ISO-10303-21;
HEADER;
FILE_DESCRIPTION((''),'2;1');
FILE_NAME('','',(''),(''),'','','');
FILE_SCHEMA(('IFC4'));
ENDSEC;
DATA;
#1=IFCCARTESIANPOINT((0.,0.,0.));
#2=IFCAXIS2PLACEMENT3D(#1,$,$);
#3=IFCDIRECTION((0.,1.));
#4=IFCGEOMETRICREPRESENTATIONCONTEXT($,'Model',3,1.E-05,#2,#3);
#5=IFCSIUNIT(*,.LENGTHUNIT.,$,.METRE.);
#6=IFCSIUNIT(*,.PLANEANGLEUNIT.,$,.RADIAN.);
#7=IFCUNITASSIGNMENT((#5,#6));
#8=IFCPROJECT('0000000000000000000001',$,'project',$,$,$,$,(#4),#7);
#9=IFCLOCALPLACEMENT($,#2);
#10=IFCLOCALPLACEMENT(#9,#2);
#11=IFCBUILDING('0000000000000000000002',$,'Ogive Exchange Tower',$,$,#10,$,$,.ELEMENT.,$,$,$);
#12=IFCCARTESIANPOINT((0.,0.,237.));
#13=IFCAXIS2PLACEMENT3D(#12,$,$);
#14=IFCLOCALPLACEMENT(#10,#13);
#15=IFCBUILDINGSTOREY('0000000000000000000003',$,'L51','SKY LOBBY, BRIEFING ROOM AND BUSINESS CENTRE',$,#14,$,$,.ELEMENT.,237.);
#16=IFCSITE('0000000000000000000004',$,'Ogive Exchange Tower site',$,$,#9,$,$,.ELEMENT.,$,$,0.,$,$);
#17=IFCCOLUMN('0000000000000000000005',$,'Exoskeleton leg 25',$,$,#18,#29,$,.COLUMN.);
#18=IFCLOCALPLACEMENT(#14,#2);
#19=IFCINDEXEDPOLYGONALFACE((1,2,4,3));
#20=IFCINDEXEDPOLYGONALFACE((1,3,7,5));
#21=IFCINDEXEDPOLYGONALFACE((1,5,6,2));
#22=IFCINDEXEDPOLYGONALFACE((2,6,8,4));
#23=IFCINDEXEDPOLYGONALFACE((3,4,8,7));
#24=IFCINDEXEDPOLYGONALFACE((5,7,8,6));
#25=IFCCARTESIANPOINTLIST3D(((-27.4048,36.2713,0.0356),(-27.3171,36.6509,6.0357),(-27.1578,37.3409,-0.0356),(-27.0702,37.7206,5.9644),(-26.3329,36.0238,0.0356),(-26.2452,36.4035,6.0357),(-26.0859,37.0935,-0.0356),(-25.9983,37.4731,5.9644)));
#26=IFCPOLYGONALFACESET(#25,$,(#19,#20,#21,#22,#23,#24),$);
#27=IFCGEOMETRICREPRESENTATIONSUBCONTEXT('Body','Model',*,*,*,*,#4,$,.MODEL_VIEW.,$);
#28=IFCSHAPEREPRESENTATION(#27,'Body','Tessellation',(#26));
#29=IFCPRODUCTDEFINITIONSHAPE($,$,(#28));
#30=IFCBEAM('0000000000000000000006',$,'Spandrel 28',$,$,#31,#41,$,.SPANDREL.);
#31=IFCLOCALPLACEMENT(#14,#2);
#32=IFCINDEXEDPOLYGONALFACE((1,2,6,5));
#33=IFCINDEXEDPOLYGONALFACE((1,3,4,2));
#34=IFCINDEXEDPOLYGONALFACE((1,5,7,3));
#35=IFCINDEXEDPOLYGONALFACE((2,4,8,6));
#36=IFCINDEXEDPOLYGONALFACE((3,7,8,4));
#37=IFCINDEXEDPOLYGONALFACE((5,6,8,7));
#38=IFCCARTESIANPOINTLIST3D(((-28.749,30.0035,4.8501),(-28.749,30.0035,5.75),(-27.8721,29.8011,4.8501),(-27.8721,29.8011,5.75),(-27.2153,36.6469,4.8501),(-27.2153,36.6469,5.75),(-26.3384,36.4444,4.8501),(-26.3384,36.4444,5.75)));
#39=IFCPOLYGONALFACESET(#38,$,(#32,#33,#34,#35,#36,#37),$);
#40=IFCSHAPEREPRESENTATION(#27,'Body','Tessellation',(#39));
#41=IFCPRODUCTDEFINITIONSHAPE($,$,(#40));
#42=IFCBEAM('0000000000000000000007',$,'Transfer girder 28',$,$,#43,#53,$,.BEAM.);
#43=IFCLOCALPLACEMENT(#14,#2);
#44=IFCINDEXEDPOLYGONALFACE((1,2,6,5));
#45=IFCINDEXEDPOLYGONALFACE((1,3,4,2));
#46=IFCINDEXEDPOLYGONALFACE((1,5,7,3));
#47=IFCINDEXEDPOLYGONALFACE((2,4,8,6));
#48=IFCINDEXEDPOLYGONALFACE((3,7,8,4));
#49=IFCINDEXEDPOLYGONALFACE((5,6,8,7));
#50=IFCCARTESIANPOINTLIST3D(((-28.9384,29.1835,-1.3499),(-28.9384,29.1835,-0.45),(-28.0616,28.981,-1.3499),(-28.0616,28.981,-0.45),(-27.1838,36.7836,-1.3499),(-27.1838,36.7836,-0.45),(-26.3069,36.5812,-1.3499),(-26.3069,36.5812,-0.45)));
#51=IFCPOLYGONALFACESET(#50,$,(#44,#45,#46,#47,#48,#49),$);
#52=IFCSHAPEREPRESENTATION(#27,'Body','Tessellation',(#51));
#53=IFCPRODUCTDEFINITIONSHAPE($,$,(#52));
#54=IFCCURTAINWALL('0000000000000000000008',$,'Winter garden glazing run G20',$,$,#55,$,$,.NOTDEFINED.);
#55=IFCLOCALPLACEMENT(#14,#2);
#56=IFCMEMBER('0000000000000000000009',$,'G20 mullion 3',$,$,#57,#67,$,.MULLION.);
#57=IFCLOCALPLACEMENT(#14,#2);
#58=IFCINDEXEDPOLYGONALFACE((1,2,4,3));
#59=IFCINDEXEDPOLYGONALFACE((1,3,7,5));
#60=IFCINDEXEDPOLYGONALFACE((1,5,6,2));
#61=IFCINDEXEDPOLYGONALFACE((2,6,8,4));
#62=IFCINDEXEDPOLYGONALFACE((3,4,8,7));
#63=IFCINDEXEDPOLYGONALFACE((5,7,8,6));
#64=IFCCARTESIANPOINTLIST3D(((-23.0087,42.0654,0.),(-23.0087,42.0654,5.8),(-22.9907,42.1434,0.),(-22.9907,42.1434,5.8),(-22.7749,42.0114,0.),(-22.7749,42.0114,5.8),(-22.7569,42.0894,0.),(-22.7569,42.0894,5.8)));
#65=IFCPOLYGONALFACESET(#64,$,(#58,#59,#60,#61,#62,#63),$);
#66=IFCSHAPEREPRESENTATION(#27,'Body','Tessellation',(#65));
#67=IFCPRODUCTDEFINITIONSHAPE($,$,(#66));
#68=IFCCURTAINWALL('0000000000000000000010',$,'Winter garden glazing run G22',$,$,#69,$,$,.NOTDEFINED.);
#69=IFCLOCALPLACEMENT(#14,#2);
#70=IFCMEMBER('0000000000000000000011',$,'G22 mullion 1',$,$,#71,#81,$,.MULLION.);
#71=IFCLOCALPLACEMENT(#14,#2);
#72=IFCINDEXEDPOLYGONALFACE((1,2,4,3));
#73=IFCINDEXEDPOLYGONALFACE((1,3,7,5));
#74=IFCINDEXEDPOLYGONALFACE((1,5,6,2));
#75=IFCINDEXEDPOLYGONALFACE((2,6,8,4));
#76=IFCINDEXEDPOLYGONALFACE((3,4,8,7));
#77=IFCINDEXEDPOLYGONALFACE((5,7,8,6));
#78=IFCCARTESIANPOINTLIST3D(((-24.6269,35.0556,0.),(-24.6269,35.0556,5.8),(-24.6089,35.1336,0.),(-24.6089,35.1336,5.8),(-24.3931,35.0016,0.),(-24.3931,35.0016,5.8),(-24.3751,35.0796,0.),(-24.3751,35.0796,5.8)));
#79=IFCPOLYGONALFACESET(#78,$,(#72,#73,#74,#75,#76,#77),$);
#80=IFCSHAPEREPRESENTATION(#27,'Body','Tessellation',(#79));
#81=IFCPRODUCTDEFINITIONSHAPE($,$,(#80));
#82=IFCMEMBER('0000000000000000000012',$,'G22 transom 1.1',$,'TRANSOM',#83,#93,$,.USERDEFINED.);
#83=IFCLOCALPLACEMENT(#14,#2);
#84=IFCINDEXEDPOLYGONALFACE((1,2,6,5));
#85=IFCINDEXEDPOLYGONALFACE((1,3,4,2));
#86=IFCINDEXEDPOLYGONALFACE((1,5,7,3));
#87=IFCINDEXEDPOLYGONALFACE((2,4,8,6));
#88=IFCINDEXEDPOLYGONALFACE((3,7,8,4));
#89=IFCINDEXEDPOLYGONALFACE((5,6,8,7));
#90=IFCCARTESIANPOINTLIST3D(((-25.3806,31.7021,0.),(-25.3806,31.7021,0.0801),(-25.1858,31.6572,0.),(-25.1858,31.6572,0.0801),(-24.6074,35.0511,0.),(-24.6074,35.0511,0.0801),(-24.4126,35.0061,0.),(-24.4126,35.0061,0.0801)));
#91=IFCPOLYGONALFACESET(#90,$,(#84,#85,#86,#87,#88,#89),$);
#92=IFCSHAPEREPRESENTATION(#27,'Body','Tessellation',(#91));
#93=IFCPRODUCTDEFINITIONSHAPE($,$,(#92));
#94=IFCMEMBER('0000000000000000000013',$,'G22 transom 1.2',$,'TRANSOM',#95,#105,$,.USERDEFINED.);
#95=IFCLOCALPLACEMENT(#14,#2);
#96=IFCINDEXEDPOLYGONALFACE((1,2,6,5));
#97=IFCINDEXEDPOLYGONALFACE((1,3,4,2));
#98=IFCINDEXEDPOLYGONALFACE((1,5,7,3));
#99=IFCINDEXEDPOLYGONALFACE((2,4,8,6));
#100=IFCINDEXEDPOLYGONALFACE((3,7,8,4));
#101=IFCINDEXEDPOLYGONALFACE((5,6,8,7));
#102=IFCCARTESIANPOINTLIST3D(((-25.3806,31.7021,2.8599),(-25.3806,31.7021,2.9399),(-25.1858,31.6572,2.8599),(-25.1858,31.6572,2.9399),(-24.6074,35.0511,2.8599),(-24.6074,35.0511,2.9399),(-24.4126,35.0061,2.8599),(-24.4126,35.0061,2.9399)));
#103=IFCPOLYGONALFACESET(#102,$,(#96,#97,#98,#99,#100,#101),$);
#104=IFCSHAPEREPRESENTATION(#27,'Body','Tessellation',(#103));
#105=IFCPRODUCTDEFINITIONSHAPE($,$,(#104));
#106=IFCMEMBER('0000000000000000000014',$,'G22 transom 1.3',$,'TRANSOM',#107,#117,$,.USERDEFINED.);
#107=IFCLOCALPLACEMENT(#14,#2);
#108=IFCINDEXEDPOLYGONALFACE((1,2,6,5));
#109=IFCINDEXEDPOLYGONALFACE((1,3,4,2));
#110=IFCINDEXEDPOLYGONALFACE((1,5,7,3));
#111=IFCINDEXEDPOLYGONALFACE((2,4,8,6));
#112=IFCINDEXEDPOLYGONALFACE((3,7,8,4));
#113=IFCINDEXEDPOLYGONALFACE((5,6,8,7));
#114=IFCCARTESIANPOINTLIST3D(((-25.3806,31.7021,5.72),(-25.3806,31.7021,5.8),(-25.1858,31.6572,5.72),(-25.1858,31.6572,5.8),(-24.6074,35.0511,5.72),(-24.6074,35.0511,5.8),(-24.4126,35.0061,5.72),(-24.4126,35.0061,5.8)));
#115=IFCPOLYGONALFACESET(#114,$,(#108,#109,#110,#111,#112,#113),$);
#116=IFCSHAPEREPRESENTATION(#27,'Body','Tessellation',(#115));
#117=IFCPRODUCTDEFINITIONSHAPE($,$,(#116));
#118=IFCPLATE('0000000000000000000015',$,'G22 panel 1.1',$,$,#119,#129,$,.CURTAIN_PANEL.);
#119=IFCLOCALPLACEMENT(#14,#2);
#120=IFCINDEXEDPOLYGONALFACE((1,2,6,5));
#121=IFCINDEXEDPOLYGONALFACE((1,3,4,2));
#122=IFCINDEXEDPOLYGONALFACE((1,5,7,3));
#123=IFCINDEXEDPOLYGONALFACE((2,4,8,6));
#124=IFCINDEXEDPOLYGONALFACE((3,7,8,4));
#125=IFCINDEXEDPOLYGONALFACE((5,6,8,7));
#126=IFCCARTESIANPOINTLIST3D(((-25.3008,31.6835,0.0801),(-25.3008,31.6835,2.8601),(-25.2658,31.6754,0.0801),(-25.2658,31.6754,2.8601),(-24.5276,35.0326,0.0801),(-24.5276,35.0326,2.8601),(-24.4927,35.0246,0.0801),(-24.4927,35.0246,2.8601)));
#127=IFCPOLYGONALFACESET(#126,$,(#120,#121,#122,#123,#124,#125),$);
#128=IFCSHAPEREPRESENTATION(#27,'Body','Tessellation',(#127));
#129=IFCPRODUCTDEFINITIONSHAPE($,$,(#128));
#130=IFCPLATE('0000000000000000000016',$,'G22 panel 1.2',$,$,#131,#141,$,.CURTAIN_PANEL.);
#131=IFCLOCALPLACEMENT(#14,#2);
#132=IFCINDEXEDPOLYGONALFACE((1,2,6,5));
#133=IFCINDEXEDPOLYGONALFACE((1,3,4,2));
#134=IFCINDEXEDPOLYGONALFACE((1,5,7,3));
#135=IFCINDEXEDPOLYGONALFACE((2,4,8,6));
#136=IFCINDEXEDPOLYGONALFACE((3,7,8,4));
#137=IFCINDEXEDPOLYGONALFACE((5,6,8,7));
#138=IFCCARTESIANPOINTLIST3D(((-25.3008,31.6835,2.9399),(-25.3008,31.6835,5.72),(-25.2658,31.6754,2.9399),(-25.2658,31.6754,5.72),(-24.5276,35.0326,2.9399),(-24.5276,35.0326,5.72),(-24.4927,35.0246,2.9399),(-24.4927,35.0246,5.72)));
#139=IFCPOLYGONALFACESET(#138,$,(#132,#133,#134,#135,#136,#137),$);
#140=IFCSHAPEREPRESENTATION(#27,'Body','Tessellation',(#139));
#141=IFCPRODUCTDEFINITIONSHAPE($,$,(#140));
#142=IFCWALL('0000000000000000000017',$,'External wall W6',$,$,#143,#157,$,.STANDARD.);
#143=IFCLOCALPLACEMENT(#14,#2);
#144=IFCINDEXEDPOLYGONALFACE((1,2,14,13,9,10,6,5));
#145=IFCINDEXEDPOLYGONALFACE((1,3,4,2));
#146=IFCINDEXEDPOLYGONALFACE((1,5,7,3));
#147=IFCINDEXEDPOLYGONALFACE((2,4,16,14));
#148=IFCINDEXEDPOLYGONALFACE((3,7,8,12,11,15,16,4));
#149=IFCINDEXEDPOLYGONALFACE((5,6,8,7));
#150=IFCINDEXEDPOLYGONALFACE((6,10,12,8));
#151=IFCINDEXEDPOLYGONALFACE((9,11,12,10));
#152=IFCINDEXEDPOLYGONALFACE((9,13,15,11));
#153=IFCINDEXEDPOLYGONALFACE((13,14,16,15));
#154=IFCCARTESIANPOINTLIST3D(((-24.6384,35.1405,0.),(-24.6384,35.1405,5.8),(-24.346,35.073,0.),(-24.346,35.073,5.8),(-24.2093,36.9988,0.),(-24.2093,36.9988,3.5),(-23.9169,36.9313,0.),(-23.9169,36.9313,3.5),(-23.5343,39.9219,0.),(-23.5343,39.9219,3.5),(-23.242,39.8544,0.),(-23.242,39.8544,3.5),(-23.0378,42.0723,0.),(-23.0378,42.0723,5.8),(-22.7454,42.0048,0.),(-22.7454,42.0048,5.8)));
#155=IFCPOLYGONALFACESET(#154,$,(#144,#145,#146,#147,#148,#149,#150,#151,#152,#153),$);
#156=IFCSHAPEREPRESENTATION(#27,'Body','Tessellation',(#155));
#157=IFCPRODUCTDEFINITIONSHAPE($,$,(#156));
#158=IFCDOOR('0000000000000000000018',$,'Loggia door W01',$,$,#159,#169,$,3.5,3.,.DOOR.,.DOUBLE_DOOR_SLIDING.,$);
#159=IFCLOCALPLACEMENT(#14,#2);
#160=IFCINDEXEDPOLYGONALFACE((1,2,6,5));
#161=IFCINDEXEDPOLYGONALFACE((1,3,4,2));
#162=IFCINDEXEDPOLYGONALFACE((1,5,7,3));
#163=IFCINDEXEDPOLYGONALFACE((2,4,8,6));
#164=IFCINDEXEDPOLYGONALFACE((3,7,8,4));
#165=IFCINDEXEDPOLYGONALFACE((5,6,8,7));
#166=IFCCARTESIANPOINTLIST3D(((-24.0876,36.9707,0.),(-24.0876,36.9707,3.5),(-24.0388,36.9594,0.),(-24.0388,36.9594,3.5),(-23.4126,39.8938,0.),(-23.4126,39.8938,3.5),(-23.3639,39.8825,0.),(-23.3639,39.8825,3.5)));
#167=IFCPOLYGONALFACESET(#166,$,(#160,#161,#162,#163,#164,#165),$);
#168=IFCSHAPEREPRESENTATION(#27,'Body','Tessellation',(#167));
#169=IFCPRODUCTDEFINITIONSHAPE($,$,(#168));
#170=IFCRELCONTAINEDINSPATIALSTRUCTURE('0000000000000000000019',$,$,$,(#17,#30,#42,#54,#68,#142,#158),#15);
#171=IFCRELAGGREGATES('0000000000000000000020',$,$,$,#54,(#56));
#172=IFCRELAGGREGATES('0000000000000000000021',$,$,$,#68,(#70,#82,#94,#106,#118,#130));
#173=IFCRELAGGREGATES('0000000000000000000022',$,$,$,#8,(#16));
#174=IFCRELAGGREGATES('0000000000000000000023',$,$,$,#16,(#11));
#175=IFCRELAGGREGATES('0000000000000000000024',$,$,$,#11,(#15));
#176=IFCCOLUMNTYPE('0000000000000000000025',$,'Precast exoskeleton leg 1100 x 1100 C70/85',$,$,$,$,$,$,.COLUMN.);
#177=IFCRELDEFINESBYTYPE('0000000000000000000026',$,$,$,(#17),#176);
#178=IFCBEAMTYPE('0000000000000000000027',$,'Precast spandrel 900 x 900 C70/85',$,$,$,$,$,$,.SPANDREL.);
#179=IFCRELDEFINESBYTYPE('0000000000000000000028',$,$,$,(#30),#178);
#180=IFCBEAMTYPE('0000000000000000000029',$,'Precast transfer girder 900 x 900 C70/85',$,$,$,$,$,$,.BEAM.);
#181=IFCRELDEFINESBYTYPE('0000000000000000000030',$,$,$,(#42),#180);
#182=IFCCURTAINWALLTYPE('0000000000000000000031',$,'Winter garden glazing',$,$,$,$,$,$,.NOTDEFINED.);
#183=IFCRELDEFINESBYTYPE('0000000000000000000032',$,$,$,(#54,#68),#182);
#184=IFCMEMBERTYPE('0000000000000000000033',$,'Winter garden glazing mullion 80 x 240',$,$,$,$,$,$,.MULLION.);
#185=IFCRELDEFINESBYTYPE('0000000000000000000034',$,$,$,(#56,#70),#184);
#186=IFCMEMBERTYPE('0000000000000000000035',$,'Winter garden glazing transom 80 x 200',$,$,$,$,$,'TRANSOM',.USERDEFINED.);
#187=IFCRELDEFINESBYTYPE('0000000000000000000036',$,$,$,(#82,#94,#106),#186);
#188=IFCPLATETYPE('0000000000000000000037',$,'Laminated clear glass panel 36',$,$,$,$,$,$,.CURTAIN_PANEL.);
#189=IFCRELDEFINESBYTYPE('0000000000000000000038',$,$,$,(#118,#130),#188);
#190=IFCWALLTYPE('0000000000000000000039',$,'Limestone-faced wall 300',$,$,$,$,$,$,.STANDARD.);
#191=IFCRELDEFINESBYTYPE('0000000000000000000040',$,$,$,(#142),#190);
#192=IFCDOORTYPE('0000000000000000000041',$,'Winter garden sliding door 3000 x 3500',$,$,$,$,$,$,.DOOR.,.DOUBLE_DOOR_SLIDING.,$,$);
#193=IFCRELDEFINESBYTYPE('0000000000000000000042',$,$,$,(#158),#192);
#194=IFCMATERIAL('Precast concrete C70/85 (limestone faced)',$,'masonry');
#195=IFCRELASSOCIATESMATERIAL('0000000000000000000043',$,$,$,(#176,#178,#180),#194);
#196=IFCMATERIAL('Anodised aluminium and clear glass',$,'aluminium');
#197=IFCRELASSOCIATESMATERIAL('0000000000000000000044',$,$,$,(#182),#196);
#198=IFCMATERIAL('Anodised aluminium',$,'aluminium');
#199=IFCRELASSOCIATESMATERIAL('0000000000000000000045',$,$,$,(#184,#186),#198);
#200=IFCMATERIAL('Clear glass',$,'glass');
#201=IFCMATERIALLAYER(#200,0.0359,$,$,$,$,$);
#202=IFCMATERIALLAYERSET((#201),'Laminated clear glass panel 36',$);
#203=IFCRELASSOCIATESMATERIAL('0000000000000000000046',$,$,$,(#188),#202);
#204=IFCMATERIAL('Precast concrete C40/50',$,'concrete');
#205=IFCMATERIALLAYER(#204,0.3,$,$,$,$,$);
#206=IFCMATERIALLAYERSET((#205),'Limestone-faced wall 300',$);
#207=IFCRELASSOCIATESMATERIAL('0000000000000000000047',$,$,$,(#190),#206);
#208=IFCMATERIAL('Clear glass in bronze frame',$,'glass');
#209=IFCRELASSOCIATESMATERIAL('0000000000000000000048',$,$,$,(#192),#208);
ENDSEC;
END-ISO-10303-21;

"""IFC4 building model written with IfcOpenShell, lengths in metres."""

from ifc_helpers import new_model, si_unit, direction, frame, frame_2d, origin, origin_2d, place, context, subcontext, project, spatial, rectangle, extrude, material, layer, layer_set, material_profile, profile_set, type_object, element, fill, aggregate, save


model = new_model("IFC4")

# Units and contexts
model_context = context("Model", 3, precision=1e-05, world=origin(), true_north=direction((0.0, 1.0)))
body_context = subcontext(model_context, "Body", "Model", "MODEL_VIEW")
ifc_project = project(units=[si_unit("LENGTHUNIT", "METRE"), si_unit("PLANEANGLEUNIT", "RADIAN")], contexts=[model_context])

# Site, building, storey
site_placement = place(None, origin())
site = spatial("IfcSite", under=ifc_project, at=site_placement, Name="Ogive Exchange Tower site", CompositionType="ELEMENT", RefElevation=0.0)
building_placement = place(site_placement, origin())
building = spatial("IfcBuilding", under=site, at=building_placement, Name="Ogive Exchange Tower", CompositionType="ELEMENT")
storey_placement = place(building_placement, frame((0.0, 0.0, 237.0)))
storey = spatial("IfcBuildingStorey", under=building, at=storey_placement, Name="L51", Description="SKY LOBBY, BRIEFING ROOM AND BUSINESS CENTRE", CompositionType="ELEMENT", Elevation=237.0)

# Column
ifc_material_1 = material(Name="Precast concrete C70/85 (limestone faced)", Category="masonry")
ifc_material_profile_1 = material_profile(ifc_material_1, rectangle(XDim=1.1001, YDim=1.1001, at=origin_2d()), Name="1100 x 1100")
ifc_profile_set_1 = profile_set([ifc_material_profile_1], Name="Precast concrete C70/85 (limestone faced)")
column_type = type_object("IfcColumnType", Name="Precast exoskeleton leg 1100 x 1100 C70/85", PredefinedType="COLUMN", material=ifc_profile_set_1)
column_placement = place(storey_placement, frame((-26.7454, 36.6824, 0.0), z_axis=(0.014577, 0.06314, 0.997898), x_axis=(-0.97437, 0.224951, 0.0)))
element("IfcColumn", 1, at=column_placement, inside=storey, type_object=column_type, Name="Exoskeleton leg 25", PredefinedType="COLUMN", context=body_context, shape_type="SweptSolid", body=[
    extrude(rectangle(XDim=1.1001, YDim=1.1001, at=origin_2d()), origin(), (0.0, 0.0, 1.0), 6.0127),
])

# Beams
ifc_material_profile_2 = material_profile(ifc_material_1, rectangle(XDim=0.8999, YDim=0.8999, at=origin_2d()), Name="900 x 900")
ifc_profile_set_2 = profile_set([ifc_material_profile_2], Name="Precast concrete C70/85 (limestone faced)")
beam_type_1 = type_object("IfcBeamType", Name="Precast spandrel 900 x 900 C70/85", PredefinedType="SPANDREL", material=ifc_profile_set_2)
beam_1_placement = place(storey_placement, frame((-26.7769, 36.5457, 5.3), z_axis=(-0.224946, -0.974371, 0.0), x_axis=(0.974371, -0.224946, 0.0)))
element("IfcBeam", 2, at=beam_1_placement, inside=storey, type_object=beam_type_1, Name="Spandrel 28", PredefinedType="SPANDREL", context=body_context, shape_type="SweptSolid", body=[
    extrude(rectangle(XDim=0.8999, YDim=0.8999, at=origin_2d()), origin(), (0.0, 0.0, 1.0), 6.8181),
])
ifc_material_profile_3 = material_profile(ifc_material_1, rectangle(XDim=0.8999, YDim=0.8999, at=origin_2d()), Name="900 x 900")
ifc_profile_set_3 = profile_set([ifc_material_profile_3], Name="Precast concrete C70/85 (limestone faced)")
beam_type_2 = type_object("IfcBeamType", Name="Precast transfer girder 900 x 900 C70/85", PredefinedType="BEAM", material=ifc_profile_set_3)
beam_2_placement = place(storey_placement, frame((-26.7454, 36.6824, -0.8999), z_axis=(-0.224953, -0.97437, 0.0), x_axis=(0.97437, -0.224953, 0.0)))
element("IfcBeam", 3, at=beam_2_placement, inside=storey, type_object=beam_type_2, Name="Transfer girder 28", PredefinedType="BEAM", context=body_context, shape_type="SweptSolid", body=[
    extrude(rectangle(XDim=0.8999, YDim=0.8999, at=origin_2d()), origin(), (0.0, 0.0, 1.0), 7.8),
])

# Curtain wall, member
ifc_material_2 = material(Name="Anodised aluminium and clear glass", Category="aluminium")
curtain_wall_type = type_object("IfcCurtainWallType", Name="Winter garden glazing", PredefinedType="NOTDEFINED", material=ifc_material_2)
curtain_wall_1_placement = place(storey_placement, origin())
curtain_wall_1 = element("IfcCurtainWall", 4, at=curtain_wall_1_placement, inside=storey, type_object=curtain_wall_type, Name="Winter garden glazing run G20", PredefinedType="NOTDEFINED")
ifc_material_3 = material(Name="Anodised aluminium", Category="aluminium")
ifc_material_profile_4 = material_profile(ifc_material_3, rectangle(XDim=0.24, YDim=0.0801, at=origin_2d()), Name="AL 80x240")
ifc_profile_set_4 = profile_set([ifc_material_profile_4], Name="Anodised aluminium")
member_type_1 = type_object("IfcMemberType", Name="Winter garden glazing mullion 80 x 240", PredefinedType="MULLION", material=ifc_profile_set_4)
member_1_placement = place(storey_placement, frame((-22.8828, 42.0774, 0.0), z_axis=(0.0, 0.0, 1.0), x_axis=(0.97437, -0.224952, 0.0)))
member_1 = element("IfcMember", 5, at=member_1_placement, type_object=member_type_1, Name="G20 mullion 3", PredefinedType="MULLION", context=body_context, shape_type="SweptSolid", body=[
    extrude(rectangle(XDim=0.24, YDim=0.0801, at=origin_2d()), origin(), (0.0, 0.0, 1.0), 5.8),
])
aggregate(curtain_wall_1, [member_1])

# Curtain wall, members, plates
curtain_wall_2_placement = place(storey_placement, origin())
curtain_wall_2 = element("IfcCurtainWall", 6, at=curtain_wall_2_placement, inside=storey, type_object=curtain_wall_type, Name="Winter garden glazing run G22", PredefinedType="NOTDEFINED")
member_2_placement = place(storey_placement, frame((-24.501, 35.0676, 0.0), z_axis=(0.0, 0.0, 1.0), x_axis=(0.974372, -0.224941, 0.0)))
member_2 = element("IfcMember", 7, at=member_2_placement, type_object=member_type_1, Name="G22 mullion 1", PredefinedType="MULLION", context=body_context, shape_type="SweptSolid", body=[
    extrude(rectangle(XDim=0.24, YDim=0.0801, at=origin_2d()), origin(), (0.0, 0.0, 1.0), 5.8),
])
ifc_material_profile_5 = material_profile(ifc_material_3, rectangle(XDim=0.2, YDim=0.0801, at=origin_2d()), Name="AL 80x200")
ifc_profile_set_5 = profile_set([ifc_material_profile_5], Name="Anodised aluminium")
member_type_2 = type_object("IfcMemberType", Name="Winter garden glazing transom 80 x 200", ElementType="TRANSOM", PredefinedType="USERDEFINED", material=ifc_profile_set_5)
member_3_placement = place(storey_placement, frame((-24.51, 35.0286, 0.04), z_axis=(-0.224963, -0.974367, 0.0), x_axis=(0.974367, -0.224963, 0.0)))
member_3 = element("IfcMember", 8, at=member_3_placement, type_object=member_type_2, Name="G22 transom 1.1", ObjectType="TRANSOM", PredefinedType="USERDEFINED", context=body_context, shape_type="SweptSolid", body=[
    extrude(rectangle(XDim=0.2, YDim=0.0801, at=origin_2d()), origin(), (0.0, 0.0, 1.0), 3.437),
])
member_4_placement = place(storey_placement, frame((-24.51, 35.0286, 2.8999), z_axis=(-0.224963, -0.974367, 0.0), x_axis=(0.974367, -0.224963, 0.0)))
member_4 = element("IfcMember", 9, at=member_4_placement, type_object=member_type_2, Name="G22 transom 1.2", ObjectType="TRANSOM", PredefinedType="USERDEFINED", context=body_context, shape_type="SweptSolid", body=[
    extrude(rectangle(XDim=0.2, YDim=0.0801, at=origin_2d()), origin(), (0.0, 0.0, 1.0), 3.437),
])
member_5_placement = place(storey_placement, frame((-24.51, 35.0286, 5.76), z_axis=(-0.224963, -0.974367, 0.0), x_axis=(0.974367, -0.224963, 0.0)))
member_5 = element("IfcMember", 10, at=member_5_placement, type_object=member_type_2, Name="G22 transom 1.3", ObjectType="TRANSOM", PredefinedType="USERDEFINED", context=body_context, shape_type="SweptSolid", body=[
    extrude(rectangle(XDim=0.2, YDim=0.0801, at=origin_2d()), origin(), (0.0, 0.0, 1.0), 3.437),
])
ifc_material_4 = material(Name="Clear glass", Category="glass")
ifc_layer_1 = layer(ifc_material_4, 0.0359)
ifc_layer_set_1 = layer_set([ifc_layer_1], Name="Laminated clear glass panel 36")
plate_type = type_object("IfcPlateType", Name="Laminated clear glass panel 36", PredefinedType="CURTAIN_PANEL", material=ifc_layer_set_1)
plate_1_placement = place(storey_placement, frame((-24.8967, 33.354, 0.0801), z_axis=(0.0, 0.0, 1.0), x_axis=(-0.224941, -0.974372, 0.0)))
plate_1 = element("IfcPlate", 11, at=plate_1_placement, type_object=plate_type, Name="G22 panel 1.1", PredefinedType="CURTAIN_PANEL", context=body_context, shape_type="SweptSolid", body=[
    extrude(rectangle(XDim=3.4373, YDim=0.0359, at=origin_2d()), origin(), (0.0, 0.0, 1.0), 2.78),
])
plate_2_placement = place(storey_placement, frame((-24.8967, 33.354, 2.9399), z_axis=(0.0, 0.0, 1.0), x_axis=(-0.224941, -0.974372, 0.0)))
plate_2 = element("IfcPlate", 12, at=plate_2_placement, type_object=plate_type, Name="G22 panel 1.2", PredefinedType="CURTAIN_PANEL", context=body_context, shape_type="SweptSolid", body=[
    extrude(rectangle(XDim=3.4373, YDim=0.0359, at=origin_2d()), origin(), (0.0, 0.0, 1.0), 2.78),
])
aggregate(curtain_wall_2, [member_2, member_3, member_4, member_5, plate_1, plate_2])

# Wall, opening, door
ifc_material_5 = material(Name="Precast concrete C40/50", Category="concrete")
ifc_layer_2 = layer(ifc_material_5, 0.3)
ifc_layer_set_2 = layer_set([ifc_layer_2], Name="Limestone-faced wall 300")
wall_type_1 = type_object("IfcWallType", Name="Limestone-faced wall 300", PredefinedType="STANDARD", material=ifc_layer_set_2)
wall_1_placement = place(storey_placement, frame((-22.8916, 42.0386, 0.0), z_axis=(0.0, 0.0, 1.0), x_axis=(-0.224982, -0.974363, 0.0)))
wall_1 = element("IfcWall", 13, at=wall_1_placement, inside=storey, type_object=wall_type_1, Name="External wall W6", PredefinedType="STANDARD", context=body_context, shape_type="SweptSolid", body=[
    extrude(rectangle(XDim=7.1143, YDim=0.3, at=frame_2d((3.5571, 0.0))), origin(), (0.0, 0.0, 1.0), 5.8),
])
opening_placement = place(wall_1_placement, frame((2.207, 0.0, 0.0)))
opening = element("IfcOpeningElement", 14, at=opening_placement, cuts=wall_1, PredefinedType="OPENING", context=body_context, shape_type="SweptSolid", body=[
    extrude(rectangle(XDim=3.0, YDim=3.5, at=frame_2d((1.5, 1.75))), frame((0.0, 0.1599, 0.0), z_axis=(0.0, -1.0, 0.0), x_axis=(1.0, 0.0, 0.0)), (0.0, 0.0, 1.0), 0.3201),
])
ifc_material_6 = material(Name="Clear glass in bronze frame", Category="glass")
door_type = type_object("IfcDoorType", Name="Winter garden sliding door 3000 x 3500", OperationType="DOUBLE_DOOR_SLIDING", PredefinedType="DOOR", material=ifc_material_6)
door_placement = place(opening_placement, origin())
door = element("IfcDoor", 15, at=door_placement, inside=storey, type_object=door_type, Name="Loggia door W01", OperationType="DOUBLE_DOOR_SLIDING", OverallHeight=3.5, OverallWidth=3.0, PredefinedType="DOOR", context=body_context, shape_type="SweptSolid", body=[
    extrude(rectangle(XDim=3.0, YDim=3.5, at=frame_2d((1.5, 1.75))), frame((0.0, 0.0249, 0.0), z_axis=(0.0, -1.0, 0.0), x_axis=(1.0, 0.0, 0.0)), (0.0, 0.0, 1.0), 0.05),
])
fill(opening, door)

save(model, "model.ifc")
